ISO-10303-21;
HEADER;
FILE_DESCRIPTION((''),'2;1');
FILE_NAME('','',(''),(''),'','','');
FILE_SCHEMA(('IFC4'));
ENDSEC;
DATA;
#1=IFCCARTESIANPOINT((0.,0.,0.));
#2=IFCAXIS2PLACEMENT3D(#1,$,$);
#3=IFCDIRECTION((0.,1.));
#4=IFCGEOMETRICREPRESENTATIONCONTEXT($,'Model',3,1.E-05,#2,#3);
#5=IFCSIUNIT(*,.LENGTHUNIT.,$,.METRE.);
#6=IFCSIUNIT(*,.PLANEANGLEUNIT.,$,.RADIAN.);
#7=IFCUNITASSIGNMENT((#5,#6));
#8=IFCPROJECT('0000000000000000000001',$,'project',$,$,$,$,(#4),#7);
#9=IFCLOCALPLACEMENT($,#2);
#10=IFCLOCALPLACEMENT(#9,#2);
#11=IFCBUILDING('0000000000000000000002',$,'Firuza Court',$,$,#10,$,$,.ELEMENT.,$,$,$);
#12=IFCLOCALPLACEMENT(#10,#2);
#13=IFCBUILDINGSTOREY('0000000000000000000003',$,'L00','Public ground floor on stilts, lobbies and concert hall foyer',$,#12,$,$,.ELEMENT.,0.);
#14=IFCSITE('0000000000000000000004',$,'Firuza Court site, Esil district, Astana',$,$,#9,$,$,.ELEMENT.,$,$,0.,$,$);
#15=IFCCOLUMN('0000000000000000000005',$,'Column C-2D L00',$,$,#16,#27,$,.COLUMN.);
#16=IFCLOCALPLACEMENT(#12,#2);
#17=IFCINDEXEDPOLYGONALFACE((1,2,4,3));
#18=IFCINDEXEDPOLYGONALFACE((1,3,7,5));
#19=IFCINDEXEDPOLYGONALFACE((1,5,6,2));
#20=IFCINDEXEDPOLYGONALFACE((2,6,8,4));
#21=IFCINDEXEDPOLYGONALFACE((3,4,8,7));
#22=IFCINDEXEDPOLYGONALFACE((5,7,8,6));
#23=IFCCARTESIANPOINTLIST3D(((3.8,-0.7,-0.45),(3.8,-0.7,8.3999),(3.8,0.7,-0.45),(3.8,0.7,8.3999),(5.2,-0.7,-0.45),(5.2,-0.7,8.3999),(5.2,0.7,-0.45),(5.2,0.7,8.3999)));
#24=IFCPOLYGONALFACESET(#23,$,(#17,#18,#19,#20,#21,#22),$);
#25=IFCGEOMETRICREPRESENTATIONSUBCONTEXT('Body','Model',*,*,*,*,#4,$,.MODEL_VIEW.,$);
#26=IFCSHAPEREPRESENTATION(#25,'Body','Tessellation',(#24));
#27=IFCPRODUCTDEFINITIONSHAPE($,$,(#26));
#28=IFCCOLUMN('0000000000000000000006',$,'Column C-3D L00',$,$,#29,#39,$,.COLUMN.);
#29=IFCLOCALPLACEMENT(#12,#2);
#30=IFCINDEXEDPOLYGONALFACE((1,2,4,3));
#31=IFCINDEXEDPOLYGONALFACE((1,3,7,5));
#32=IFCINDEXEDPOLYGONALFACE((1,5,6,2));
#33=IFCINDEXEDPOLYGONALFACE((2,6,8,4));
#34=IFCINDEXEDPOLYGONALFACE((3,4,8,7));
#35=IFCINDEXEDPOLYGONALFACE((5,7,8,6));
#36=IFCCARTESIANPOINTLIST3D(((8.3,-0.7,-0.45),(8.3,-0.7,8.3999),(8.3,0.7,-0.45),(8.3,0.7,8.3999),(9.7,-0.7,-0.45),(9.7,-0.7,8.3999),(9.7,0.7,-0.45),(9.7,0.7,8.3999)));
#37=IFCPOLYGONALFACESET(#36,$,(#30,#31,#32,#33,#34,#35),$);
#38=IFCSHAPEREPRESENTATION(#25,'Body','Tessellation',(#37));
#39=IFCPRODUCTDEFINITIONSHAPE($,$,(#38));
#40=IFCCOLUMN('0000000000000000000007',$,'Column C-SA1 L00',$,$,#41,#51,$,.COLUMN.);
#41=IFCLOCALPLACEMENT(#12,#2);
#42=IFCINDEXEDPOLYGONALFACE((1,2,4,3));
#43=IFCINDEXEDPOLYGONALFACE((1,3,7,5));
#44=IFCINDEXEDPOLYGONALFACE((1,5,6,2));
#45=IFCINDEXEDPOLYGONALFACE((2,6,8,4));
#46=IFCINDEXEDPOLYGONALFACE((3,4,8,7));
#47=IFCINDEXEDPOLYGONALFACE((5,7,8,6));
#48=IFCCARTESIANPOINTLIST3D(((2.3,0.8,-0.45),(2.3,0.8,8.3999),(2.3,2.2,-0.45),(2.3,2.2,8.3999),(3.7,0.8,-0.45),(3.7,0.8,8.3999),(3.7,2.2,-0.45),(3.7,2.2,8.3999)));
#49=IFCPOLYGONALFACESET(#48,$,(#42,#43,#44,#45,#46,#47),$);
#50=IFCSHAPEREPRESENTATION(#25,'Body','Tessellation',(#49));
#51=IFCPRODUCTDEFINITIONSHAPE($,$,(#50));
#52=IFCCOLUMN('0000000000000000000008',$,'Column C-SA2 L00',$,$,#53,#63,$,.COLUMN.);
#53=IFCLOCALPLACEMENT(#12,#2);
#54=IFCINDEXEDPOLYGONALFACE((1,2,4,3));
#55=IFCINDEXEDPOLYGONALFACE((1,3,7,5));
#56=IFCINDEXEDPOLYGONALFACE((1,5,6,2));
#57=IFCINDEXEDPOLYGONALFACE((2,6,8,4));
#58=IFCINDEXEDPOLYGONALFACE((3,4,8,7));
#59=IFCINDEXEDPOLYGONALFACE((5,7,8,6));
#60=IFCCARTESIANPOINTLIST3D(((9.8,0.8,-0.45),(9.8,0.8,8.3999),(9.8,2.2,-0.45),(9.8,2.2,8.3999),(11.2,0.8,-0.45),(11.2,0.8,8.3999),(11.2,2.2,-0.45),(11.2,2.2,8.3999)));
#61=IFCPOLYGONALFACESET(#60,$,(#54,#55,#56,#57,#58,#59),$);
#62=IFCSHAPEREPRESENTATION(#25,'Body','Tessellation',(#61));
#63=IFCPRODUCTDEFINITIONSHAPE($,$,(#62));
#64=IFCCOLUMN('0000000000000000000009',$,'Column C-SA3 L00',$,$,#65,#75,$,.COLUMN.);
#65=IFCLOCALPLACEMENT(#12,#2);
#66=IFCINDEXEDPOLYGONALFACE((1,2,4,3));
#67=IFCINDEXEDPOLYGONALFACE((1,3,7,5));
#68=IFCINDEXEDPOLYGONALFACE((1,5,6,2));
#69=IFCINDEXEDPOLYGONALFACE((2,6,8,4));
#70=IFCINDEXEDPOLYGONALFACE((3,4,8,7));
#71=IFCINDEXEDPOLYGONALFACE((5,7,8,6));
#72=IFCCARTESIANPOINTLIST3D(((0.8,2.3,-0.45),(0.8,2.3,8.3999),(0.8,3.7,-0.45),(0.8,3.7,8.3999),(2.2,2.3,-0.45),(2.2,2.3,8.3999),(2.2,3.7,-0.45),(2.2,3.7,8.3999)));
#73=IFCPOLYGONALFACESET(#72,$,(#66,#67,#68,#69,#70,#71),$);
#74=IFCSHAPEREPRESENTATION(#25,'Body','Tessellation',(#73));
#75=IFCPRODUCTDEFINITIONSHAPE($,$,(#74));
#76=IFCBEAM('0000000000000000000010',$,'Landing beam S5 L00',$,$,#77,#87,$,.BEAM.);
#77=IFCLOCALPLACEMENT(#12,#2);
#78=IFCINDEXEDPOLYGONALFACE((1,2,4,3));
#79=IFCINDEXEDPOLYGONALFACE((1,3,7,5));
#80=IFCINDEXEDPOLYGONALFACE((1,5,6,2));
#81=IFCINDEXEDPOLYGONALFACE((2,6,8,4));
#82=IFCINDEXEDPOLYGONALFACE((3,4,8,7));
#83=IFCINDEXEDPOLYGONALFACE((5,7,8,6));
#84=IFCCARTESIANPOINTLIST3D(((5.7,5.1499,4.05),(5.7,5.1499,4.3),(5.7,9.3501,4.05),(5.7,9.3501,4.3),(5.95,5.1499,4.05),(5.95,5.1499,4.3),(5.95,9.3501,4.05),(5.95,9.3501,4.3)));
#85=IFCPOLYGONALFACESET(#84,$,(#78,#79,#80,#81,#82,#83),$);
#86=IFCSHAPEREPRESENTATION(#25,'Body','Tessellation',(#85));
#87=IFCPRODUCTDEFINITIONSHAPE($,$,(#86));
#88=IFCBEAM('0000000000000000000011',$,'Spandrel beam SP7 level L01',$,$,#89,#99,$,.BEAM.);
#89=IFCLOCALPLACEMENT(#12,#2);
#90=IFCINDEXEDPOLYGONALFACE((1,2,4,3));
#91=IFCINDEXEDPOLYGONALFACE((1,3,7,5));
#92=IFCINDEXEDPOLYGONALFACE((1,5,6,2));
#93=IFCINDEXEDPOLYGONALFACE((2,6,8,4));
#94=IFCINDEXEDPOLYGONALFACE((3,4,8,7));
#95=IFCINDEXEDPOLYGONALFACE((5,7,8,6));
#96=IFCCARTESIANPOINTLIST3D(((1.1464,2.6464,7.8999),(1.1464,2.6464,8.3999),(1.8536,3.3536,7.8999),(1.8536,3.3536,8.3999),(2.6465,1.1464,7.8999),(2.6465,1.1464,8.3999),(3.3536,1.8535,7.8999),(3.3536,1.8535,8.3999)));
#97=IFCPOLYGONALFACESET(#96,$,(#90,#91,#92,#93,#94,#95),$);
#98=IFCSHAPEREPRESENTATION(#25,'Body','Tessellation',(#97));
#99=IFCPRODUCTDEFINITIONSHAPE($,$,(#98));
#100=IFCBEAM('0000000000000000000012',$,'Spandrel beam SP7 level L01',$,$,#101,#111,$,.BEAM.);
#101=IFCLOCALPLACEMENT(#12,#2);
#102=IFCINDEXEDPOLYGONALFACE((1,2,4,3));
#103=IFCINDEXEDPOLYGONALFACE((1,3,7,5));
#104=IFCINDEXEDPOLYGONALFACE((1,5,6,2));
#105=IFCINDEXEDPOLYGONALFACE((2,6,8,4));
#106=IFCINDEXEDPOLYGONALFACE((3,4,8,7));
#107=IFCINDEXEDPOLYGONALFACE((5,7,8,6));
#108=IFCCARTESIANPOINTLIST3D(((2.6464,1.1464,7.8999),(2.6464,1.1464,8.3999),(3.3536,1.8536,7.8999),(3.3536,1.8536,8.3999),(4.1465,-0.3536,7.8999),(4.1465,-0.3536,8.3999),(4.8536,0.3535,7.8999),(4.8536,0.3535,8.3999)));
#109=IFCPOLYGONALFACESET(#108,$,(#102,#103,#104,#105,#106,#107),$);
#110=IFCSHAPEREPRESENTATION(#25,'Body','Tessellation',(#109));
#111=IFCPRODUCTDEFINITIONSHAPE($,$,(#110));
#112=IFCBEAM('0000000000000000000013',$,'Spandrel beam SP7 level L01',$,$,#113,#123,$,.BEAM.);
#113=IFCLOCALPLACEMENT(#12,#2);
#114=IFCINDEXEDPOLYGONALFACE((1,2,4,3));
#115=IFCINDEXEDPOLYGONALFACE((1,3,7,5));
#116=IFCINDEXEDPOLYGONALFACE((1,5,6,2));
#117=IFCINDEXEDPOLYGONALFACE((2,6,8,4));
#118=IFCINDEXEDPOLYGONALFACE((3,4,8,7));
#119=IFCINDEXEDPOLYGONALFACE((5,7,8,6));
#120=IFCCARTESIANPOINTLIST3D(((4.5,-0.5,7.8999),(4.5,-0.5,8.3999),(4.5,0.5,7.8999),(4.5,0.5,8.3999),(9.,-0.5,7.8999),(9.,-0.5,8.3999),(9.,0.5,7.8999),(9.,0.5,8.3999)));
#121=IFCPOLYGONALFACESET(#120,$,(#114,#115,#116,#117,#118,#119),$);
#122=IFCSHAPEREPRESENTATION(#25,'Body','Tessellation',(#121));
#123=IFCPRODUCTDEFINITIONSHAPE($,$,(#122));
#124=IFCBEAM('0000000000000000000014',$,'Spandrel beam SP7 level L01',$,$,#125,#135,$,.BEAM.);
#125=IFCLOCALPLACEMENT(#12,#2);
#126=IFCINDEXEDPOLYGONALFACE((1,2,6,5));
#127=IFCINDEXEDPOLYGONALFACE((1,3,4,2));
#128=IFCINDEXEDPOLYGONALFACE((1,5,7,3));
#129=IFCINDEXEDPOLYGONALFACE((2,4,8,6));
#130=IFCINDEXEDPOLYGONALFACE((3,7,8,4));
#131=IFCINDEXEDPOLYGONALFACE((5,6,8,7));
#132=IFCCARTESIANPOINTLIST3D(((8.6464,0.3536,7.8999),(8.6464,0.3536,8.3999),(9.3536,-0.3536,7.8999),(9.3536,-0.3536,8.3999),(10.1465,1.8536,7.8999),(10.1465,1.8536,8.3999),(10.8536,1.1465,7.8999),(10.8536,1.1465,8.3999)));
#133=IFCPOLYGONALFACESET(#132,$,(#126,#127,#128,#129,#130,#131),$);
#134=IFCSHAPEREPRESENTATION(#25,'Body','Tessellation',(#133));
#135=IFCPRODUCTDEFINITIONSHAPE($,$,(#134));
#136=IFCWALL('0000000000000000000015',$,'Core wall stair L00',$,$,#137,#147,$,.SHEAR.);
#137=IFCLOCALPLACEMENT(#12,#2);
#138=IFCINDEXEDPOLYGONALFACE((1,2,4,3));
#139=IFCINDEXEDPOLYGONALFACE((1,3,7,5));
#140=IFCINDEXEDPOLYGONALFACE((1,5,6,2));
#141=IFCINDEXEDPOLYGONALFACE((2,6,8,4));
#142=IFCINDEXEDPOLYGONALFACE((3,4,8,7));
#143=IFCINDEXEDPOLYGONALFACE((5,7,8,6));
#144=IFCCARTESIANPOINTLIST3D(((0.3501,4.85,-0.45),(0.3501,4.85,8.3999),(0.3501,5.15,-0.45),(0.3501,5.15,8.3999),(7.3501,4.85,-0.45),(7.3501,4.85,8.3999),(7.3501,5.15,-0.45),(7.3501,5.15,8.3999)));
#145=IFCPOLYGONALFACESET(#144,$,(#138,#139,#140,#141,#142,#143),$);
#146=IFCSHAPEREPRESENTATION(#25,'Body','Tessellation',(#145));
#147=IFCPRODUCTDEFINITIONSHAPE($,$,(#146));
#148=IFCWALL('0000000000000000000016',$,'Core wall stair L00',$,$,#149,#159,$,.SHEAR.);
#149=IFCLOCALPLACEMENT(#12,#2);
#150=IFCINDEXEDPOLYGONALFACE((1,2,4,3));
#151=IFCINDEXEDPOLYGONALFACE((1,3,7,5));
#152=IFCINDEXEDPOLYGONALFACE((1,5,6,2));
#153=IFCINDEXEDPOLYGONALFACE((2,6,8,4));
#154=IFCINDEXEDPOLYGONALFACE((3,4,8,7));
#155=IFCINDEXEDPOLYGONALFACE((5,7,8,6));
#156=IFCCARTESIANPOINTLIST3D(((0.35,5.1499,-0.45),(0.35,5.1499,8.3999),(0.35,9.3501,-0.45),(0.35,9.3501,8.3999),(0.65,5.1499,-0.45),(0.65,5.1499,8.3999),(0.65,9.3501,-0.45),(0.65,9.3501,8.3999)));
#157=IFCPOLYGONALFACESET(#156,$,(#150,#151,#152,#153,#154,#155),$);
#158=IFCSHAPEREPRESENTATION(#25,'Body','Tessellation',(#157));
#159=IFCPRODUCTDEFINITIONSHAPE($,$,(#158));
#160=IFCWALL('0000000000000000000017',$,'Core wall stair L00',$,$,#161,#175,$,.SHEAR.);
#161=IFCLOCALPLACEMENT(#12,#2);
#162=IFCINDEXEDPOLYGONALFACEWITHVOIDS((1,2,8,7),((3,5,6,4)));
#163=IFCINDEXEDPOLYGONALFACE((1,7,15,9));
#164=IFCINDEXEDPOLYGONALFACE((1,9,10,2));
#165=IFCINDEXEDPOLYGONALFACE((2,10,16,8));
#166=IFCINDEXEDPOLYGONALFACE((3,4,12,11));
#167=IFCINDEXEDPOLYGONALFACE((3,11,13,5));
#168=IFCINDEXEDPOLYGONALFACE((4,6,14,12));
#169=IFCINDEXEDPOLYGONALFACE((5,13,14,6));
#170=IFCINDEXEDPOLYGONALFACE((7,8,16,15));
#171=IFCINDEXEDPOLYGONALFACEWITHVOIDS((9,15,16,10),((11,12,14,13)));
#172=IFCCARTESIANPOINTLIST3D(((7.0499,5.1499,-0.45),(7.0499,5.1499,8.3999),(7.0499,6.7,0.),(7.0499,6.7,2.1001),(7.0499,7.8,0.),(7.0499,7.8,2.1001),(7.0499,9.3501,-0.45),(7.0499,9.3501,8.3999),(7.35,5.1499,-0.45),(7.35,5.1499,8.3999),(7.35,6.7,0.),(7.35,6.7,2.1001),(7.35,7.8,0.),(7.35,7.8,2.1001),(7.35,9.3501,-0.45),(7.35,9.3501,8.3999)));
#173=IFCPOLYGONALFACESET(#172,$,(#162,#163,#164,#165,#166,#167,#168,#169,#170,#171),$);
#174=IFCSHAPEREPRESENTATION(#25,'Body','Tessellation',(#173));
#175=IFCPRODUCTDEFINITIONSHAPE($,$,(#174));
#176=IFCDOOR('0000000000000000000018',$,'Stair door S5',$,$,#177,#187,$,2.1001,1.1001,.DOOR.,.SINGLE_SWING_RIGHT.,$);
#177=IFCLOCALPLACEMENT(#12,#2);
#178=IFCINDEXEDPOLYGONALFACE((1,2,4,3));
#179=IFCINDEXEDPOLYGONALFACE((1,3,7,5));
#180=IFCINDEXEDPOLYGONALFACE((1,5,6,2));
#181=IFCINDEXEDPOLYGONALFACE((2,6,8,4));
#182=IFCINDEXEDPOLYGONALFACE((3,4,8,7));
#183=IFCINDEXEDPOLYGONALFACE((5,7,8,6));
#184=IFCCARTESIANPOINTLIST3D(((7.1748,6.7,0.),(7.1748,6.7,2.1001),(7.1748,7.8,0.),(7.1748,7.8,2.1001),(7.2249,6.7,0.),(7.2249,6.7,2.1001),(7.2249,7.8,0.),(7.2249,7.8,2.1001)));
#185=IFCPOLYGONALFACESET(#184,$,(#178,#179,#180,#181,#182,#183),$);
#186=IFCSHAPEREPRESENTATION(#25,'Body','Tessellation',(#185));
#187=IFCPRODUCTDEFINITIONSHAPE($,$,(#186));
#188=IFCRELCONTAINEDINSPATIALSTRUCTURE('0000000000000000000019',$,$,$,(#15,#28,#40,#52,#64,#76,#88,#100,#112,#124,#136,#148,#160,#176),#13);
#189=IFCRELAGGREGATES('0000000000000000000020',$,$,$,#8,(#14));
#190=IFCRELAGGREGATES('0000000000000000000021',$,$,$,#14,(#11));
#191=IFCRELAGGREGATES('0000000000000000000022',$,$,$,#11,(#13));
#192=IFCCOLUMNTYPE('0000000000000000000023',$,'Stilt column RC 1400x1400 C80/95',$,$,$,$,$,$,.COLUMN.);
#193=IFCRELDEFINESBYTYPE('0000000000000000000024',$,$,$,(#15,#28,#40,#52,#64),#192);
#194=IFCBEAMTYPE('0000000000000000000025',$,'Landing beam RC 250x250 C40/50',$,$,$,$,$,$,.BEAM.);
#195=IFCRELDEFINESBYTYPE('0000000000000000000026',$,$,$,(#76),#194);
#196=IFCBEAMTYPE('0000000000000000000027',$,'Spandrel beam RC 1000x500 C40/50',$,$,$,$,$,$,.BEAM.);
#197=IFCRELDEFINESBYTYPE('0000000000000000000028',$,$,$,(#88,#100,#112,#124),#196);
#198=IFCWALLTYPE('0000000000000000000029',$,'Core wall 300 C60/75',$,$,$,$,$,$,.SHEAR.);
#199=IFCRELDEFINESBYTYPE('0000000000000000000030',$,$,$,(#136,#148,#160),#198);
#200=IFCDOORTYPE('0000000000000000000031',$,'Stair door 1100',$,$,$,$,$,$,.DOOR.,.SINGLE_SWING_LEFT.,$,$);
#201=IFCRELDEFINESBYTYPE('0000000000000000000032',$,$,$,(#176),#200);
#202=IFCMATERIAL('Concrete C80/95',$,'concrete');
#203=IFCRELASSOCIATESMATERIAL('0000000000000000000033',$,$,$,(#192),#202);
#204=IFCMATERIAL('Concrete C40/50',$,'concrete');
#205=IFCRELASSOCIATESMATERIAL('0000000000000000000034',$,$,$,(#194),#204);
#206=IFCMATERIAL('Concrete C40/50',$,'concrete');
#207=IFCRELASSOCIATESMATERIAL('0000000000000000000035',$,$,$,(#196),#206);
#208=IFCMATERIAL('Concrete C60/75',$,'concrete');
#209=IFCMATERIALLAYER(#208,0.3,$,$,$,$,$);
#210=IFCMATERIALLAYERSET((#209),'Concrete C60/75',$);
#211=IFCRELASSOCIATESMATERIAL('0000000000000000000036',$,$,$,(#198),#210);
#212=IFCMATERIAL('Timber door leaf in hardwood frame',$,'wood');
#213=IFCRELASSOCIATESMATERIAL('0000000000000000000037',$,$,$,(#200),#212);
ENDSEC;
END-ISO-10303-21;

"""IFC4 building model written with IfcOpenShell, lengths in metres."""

from ifc_helpers import new_model, si_unit, direction, frame, frame_2d, origin, origin_2d, place, context, subcontext, project, spatial, rectangle, extrude, material, layer, layer_set, material_profile, profile_set, type_object, element, fill, save


model = new_model("IFC4")

# Units and contexts
model_context = context("Model", 3, precision=1e-05, world=origin(), true_north=direction((0.0, 1.0)))
body_context = subcontext(model_context, "Body", "Model", "MODEL_VIEW")
ifc_project = project(units=[si_unit("LENGTHUNIT", "METRE"), si_unit("PLANEANGLEUNIT", "RADIAN")], contexts=[model_context])

# Site, building, storey
site_placement = place(None, origin())
site = spatial("IfcSite", under=ifc_project, at=site_placement, Name="Firuza Court site, Esil district, Astana", CompositionType="ELEMENT", RefElevation=0.0)
building_placement = place(site_placement, origin())
building = spatial("IfcBuilding", under=site, at=building_placement, Name="Firuza Court", CompositionType="ELEMENT")
storey_placement = place(building_placement, origin())
storey = spatial("IfcBuildingStorey", under=building, at=storey_placement, Name="L00", Description="Public ground floor on stilts, lobbies and concert hall foyer", CompositionType="ELEMENT", Elevation=0.0)

# Columns
ifc_material_1 = material(Name="Concrete C80/95", Category="concrete")
ifc_material_profile_1 = material_profile(ifc_material_1, rectangle(XDim=1.3999, YDim=1.3999, at=origin_2d()), Name="RC 1400x1400")
ifc_profile_set_1 = profile_set([ifc_material_profile_1], Name="Concrete C80/95")
column_type = type_object("IfcColumnType", Name="Stilt column RC 1400x1400 C80/95", PredefinedType="COLUMN", material=ifc_profile_set_1)
for number, where, z_axis, x_axis, name in (
    (1, (4.5, 0.0, -0.45), (0.0, 0.0, 1.0), (1.0, 0.0, 0.0), "Column C-2D L00"),
    (2, (9.0, 0.0, -0.45), (0.0, 0.0, 1.0), (1.0, 0.0, 0.0), "Column C-3D L00"),
    (3, (3.0, 1.5, -0.45), (0.0, 0.0, 1.0), (1.0, 0.0, 0.0), "Column C-SA1 L00"),
    (4, (10.5, 1.5, -0.45), (0.0, 0.0, 1.0), (1.0, 0.0, 0.0), "Column C-SA2 L00"),
    (5, (1.5, 3.0, -0.45), (0.0, 0.0, 1.0), (1.0, 0.0, 0.0), "Column C-SA3 L00"),
):
    element("IfcColumn", number, at=place(storey_placement, frame(where, z_axis=z_axis, x_axis=x_axis)), inside=storey, type_object=column_type, Name=name, PredefinedType="COLUMN", context=body_context, shape_type="SweptSolid", body=[
        extrude(rectangle(XDim=1.3999, YDim=1.3999, at=origin_2d()), origin(), (0.0, 0.0, 1.0), 8.8499),
    ])

# Beams
ifc_material_2 = material(Name="Concrete C40/50", Category="concrete")
ifc_material_profile_2 = material_profile(ifc_material_2, rectangle(XDim=0.25, YDim=0.25, at=origin_2d()), Name="RC 250x250")
ifc_profile_set_2 = profile_set([ifc_material_profile_2], Name="Concrete C40/50")
beam_type_1 = type_object("IfcBeamType", Name="Landing beam RC 250x250 C40/50", PredefinedType="BEAM", material=ifc_profile_set_2)
beam_1_placement = place(storey_placement, frame((5.825, 5.1499, 4.175), z_axis=(0.0, 1.0, 0.0), x_axis=(-1.0, 0.0, 0.0)))
element("IfcBeam", 6, at=beam_1_placement, inside=storey, type_object=beam_type_1, Name="Landing beam S5 L00", PredefinedType="BEAM", context=body_context, shape_type="SweptSolid", body=[
    extrude(rectangle(XDim=0.25, YDim=0.25, at=origin_2d()), origin(), (0.0, 0.0, 1.0), 4.2002),
])
ifc_material_3 = material(Name="Concrete C40/50", Category="concrete")
ifc_material_profile_3 = material_profile(ifc_material_3, rectangle(XDim=1.0, YDim=0.5, at=origin_2d()), Name="RC 1000x500")
ifc_profile_set_3 = profile_set([ifc_material_profile_3], Name="Concrete C40/50")
beam_type_2 = type_object("IfcBeamType", Name="Spandrel beam RC 1000x500 C40/50", PredefinedType="BEAM", material=ifc_profile_set_3)
for number, where, z_axis, x_axis, name in (
    (7, (1.5, 3.0, 8.1499), (0.707107, -0.707107, 0.0), (0.707107, 0.707107, 0.0), "Spandrel beam SP7 level L01"),
    (8, (3.0, 1.5, 8.1499), (0.707107, -0.707107, 0.0), (0.707107, 0.707107, 0.0), "Spandrel beam SP7 level L01"),
):
    element("IfcBeam", number, at=place(storey_placement, frame(where, z_axis=z_axis, x_axis=x_axis)), inside=storey, type_object=beam_type_2, Name=name, PredefinedType="BEAM", context=body_context, shape_type="SweptSolid", body=[
        extrude(rectangle(XDim=1.0, YDim=0.5, at=origin_2d()), origin(), (0.0, 0.0, 1.0), 2.1213),
    ])
beam_2_placement = place(storey_placement, frame((4.5, 0.0, 8.1499), z_axis=(1.0, 0.0, 0.0), x_axis=(0.0, 1.0, 0.0)))
element("IfcBeam", 9, at=beam_2_placement, inside=storey, type_object=beam_type_2, Name="Spandrel beam SP7 level L01", PredefinedType="BEAM", context=body_context, shape_type="SweptSolid", body=[
    extrude(rectangle(XDim=1.0, YDim=0.5, at=origin_2d()), origin(), (0.0, 0.0, 1.0), 4.5),
])
beam_3_placement = place(storey_placement, frame((9.0, 0.0, 8.1499), z_axis=(0.707107, 0.707107, 0.0), x_axis=(-0.707107, 0.707107, 0.0)))
element("IfcBeam", 10, at=beam_3_placement, inside=storey, type_object=beam_type_2, Name="Spandrel beam SP7 level L01", PredefinedType="BEAM", context=body_context, shape_type="SweptSolid", body=[
    extrude(rectangle(XDim=1.0, YDim=0.5, at=origin_2d()), origin(), (0.0, 0.0, 1.0), 2.1213),
])

# Walls
ifc_material_4 = material(Name="Concrete C60/75", Category="concrete")
ifc_layer_1 = layer(ifc_material_4, 0.3)
ifc_layer_set_1 = layer_set([ifc_layer_1], Name="Concrete C60/75")
wall_type_1 = type_object("IfcWallType", Name="Core wall 300 C60/75", PredefinedType="SHEAR", material=ifc_layer_set_1)
wall_1_placement = place(storey_placement, frame((0.3501, 5.0, -0.45), z_axis=(0.0, 0.0, 1.0), x_axis=(1.0, 0.0, 0.0)))
element("IfcWall", 11, at=wall_1_placement, inside=storey, type_object=wall_type_1, Name="Core wall stair L00", PredefinedType="SHEAR", context=body_context, shape_type="SweptSolid", body=[
    extrude(rectangle(XDim=7.0, YDim=0.3, at=frame_2d((3.5, 0.0))), origin(), (0.0, 0.0, 1.0), 8.8499),
])
wall_2_placement = place(storey_placement, frame((0.5, 5.1499, -0.45), z_axis=(0.0, 0.0, 1.0), x_axis=(0.0, 1.0, 0.0)))
element("IfcWall", 12, at=wall_2_placement, inside=storey, type_object=wall_type_1, Name="Core wall stair L00", PredefinedType="SHEAR", context=body_context, shape_type="SweptSolid", body=[
    extrude(rectangle(XDim=4.2002, YDim=0.3, at=frame_2d((2.1001, 0.0))), origin(), (0.0, 0.0, 1.0), 8.8499),
])

# Wall, opening, door
wall_3_placement = place(storey_placement, frame((7.2, 5.1499, -0.45), z_axis=(0.0, 0.0, 1.0), x_axis=(0.0, 1.0, 0.0)))
wall_3 = element("IfcWall", 13, at=wall_3_placement, inside=storey, type_object=wall_type_1, Name="Core wall stair L00", PredefinedType="SHEAR", context=body_context, shape_type="SweptSolid", body=[
    extrude(rectangle(XDim=4.2002, YDim=0.3, at=frame_2d((2.1001, 0.0))), origin(), (0.0, 0.0, 1.0), 8.8499),
])
opening_1_placement = place(wall_3_placement, frame((1.55, 0.0, 0.45)))
opening_1 = element("IfcOpeningElement", 14, at=opening_1_placement, cuts=wall_3, PredefinedType="OPENING", context=body_context, shape_type="SweptSolid", body=[
    extrude(rectangle(XDim=1.1001, YDim=2.1001, at=frame_2d((0.55, 1.05))), frame((0.0, 0.1621, 0.0), z_axis=(0.0, -1.0, 0.0), x_axis=(1.0, 0.0, 0.0)), (0.0, 0.0, 1.0), 0.324),
])
ifc_material_5 = material(Name="Timber door leaf in hardwood frame", Category="wood")
door_type_1 = type_object("IfcDoorType", Name="Stair door 1100", OperationType="SINGLE_SWING_LEFT", PredefinedType="DOOR", material=ifc_material_5)
door_1_placement = place(opening_1_placement, frame((1.1001, 0.0, 0.0), z_axis=(0.0, 0.0, 1.0), x_axis=(-1.0, 0.0, 0.0)))
door_1 = element("IfcDoor", 15, at=door_1_placement, inside=storey, type_object=door_type_1, Name="Stair door S5", OperationType="SINGLE_SWING_RIGHT", OverallHeight=2.1001, OverallWidth=1.1001, PredefinedType="DOOR", context=body_context, shape_type="SweptSolid", body=[
    extrude(rectangle(XDim=1.1001, YDim=2.1001, at=frame_2d((0.55, 1.05))), frame((0.0, 0.0249, 0.0), z_axis=(0.0, -1.0, 0.0), x_axis=(1.0, 0.0, 0.0)), (0.0, 0.0, 1.0), 0.05),
])
fill(opening_1, door_1)

save(model, "model.ifc")
